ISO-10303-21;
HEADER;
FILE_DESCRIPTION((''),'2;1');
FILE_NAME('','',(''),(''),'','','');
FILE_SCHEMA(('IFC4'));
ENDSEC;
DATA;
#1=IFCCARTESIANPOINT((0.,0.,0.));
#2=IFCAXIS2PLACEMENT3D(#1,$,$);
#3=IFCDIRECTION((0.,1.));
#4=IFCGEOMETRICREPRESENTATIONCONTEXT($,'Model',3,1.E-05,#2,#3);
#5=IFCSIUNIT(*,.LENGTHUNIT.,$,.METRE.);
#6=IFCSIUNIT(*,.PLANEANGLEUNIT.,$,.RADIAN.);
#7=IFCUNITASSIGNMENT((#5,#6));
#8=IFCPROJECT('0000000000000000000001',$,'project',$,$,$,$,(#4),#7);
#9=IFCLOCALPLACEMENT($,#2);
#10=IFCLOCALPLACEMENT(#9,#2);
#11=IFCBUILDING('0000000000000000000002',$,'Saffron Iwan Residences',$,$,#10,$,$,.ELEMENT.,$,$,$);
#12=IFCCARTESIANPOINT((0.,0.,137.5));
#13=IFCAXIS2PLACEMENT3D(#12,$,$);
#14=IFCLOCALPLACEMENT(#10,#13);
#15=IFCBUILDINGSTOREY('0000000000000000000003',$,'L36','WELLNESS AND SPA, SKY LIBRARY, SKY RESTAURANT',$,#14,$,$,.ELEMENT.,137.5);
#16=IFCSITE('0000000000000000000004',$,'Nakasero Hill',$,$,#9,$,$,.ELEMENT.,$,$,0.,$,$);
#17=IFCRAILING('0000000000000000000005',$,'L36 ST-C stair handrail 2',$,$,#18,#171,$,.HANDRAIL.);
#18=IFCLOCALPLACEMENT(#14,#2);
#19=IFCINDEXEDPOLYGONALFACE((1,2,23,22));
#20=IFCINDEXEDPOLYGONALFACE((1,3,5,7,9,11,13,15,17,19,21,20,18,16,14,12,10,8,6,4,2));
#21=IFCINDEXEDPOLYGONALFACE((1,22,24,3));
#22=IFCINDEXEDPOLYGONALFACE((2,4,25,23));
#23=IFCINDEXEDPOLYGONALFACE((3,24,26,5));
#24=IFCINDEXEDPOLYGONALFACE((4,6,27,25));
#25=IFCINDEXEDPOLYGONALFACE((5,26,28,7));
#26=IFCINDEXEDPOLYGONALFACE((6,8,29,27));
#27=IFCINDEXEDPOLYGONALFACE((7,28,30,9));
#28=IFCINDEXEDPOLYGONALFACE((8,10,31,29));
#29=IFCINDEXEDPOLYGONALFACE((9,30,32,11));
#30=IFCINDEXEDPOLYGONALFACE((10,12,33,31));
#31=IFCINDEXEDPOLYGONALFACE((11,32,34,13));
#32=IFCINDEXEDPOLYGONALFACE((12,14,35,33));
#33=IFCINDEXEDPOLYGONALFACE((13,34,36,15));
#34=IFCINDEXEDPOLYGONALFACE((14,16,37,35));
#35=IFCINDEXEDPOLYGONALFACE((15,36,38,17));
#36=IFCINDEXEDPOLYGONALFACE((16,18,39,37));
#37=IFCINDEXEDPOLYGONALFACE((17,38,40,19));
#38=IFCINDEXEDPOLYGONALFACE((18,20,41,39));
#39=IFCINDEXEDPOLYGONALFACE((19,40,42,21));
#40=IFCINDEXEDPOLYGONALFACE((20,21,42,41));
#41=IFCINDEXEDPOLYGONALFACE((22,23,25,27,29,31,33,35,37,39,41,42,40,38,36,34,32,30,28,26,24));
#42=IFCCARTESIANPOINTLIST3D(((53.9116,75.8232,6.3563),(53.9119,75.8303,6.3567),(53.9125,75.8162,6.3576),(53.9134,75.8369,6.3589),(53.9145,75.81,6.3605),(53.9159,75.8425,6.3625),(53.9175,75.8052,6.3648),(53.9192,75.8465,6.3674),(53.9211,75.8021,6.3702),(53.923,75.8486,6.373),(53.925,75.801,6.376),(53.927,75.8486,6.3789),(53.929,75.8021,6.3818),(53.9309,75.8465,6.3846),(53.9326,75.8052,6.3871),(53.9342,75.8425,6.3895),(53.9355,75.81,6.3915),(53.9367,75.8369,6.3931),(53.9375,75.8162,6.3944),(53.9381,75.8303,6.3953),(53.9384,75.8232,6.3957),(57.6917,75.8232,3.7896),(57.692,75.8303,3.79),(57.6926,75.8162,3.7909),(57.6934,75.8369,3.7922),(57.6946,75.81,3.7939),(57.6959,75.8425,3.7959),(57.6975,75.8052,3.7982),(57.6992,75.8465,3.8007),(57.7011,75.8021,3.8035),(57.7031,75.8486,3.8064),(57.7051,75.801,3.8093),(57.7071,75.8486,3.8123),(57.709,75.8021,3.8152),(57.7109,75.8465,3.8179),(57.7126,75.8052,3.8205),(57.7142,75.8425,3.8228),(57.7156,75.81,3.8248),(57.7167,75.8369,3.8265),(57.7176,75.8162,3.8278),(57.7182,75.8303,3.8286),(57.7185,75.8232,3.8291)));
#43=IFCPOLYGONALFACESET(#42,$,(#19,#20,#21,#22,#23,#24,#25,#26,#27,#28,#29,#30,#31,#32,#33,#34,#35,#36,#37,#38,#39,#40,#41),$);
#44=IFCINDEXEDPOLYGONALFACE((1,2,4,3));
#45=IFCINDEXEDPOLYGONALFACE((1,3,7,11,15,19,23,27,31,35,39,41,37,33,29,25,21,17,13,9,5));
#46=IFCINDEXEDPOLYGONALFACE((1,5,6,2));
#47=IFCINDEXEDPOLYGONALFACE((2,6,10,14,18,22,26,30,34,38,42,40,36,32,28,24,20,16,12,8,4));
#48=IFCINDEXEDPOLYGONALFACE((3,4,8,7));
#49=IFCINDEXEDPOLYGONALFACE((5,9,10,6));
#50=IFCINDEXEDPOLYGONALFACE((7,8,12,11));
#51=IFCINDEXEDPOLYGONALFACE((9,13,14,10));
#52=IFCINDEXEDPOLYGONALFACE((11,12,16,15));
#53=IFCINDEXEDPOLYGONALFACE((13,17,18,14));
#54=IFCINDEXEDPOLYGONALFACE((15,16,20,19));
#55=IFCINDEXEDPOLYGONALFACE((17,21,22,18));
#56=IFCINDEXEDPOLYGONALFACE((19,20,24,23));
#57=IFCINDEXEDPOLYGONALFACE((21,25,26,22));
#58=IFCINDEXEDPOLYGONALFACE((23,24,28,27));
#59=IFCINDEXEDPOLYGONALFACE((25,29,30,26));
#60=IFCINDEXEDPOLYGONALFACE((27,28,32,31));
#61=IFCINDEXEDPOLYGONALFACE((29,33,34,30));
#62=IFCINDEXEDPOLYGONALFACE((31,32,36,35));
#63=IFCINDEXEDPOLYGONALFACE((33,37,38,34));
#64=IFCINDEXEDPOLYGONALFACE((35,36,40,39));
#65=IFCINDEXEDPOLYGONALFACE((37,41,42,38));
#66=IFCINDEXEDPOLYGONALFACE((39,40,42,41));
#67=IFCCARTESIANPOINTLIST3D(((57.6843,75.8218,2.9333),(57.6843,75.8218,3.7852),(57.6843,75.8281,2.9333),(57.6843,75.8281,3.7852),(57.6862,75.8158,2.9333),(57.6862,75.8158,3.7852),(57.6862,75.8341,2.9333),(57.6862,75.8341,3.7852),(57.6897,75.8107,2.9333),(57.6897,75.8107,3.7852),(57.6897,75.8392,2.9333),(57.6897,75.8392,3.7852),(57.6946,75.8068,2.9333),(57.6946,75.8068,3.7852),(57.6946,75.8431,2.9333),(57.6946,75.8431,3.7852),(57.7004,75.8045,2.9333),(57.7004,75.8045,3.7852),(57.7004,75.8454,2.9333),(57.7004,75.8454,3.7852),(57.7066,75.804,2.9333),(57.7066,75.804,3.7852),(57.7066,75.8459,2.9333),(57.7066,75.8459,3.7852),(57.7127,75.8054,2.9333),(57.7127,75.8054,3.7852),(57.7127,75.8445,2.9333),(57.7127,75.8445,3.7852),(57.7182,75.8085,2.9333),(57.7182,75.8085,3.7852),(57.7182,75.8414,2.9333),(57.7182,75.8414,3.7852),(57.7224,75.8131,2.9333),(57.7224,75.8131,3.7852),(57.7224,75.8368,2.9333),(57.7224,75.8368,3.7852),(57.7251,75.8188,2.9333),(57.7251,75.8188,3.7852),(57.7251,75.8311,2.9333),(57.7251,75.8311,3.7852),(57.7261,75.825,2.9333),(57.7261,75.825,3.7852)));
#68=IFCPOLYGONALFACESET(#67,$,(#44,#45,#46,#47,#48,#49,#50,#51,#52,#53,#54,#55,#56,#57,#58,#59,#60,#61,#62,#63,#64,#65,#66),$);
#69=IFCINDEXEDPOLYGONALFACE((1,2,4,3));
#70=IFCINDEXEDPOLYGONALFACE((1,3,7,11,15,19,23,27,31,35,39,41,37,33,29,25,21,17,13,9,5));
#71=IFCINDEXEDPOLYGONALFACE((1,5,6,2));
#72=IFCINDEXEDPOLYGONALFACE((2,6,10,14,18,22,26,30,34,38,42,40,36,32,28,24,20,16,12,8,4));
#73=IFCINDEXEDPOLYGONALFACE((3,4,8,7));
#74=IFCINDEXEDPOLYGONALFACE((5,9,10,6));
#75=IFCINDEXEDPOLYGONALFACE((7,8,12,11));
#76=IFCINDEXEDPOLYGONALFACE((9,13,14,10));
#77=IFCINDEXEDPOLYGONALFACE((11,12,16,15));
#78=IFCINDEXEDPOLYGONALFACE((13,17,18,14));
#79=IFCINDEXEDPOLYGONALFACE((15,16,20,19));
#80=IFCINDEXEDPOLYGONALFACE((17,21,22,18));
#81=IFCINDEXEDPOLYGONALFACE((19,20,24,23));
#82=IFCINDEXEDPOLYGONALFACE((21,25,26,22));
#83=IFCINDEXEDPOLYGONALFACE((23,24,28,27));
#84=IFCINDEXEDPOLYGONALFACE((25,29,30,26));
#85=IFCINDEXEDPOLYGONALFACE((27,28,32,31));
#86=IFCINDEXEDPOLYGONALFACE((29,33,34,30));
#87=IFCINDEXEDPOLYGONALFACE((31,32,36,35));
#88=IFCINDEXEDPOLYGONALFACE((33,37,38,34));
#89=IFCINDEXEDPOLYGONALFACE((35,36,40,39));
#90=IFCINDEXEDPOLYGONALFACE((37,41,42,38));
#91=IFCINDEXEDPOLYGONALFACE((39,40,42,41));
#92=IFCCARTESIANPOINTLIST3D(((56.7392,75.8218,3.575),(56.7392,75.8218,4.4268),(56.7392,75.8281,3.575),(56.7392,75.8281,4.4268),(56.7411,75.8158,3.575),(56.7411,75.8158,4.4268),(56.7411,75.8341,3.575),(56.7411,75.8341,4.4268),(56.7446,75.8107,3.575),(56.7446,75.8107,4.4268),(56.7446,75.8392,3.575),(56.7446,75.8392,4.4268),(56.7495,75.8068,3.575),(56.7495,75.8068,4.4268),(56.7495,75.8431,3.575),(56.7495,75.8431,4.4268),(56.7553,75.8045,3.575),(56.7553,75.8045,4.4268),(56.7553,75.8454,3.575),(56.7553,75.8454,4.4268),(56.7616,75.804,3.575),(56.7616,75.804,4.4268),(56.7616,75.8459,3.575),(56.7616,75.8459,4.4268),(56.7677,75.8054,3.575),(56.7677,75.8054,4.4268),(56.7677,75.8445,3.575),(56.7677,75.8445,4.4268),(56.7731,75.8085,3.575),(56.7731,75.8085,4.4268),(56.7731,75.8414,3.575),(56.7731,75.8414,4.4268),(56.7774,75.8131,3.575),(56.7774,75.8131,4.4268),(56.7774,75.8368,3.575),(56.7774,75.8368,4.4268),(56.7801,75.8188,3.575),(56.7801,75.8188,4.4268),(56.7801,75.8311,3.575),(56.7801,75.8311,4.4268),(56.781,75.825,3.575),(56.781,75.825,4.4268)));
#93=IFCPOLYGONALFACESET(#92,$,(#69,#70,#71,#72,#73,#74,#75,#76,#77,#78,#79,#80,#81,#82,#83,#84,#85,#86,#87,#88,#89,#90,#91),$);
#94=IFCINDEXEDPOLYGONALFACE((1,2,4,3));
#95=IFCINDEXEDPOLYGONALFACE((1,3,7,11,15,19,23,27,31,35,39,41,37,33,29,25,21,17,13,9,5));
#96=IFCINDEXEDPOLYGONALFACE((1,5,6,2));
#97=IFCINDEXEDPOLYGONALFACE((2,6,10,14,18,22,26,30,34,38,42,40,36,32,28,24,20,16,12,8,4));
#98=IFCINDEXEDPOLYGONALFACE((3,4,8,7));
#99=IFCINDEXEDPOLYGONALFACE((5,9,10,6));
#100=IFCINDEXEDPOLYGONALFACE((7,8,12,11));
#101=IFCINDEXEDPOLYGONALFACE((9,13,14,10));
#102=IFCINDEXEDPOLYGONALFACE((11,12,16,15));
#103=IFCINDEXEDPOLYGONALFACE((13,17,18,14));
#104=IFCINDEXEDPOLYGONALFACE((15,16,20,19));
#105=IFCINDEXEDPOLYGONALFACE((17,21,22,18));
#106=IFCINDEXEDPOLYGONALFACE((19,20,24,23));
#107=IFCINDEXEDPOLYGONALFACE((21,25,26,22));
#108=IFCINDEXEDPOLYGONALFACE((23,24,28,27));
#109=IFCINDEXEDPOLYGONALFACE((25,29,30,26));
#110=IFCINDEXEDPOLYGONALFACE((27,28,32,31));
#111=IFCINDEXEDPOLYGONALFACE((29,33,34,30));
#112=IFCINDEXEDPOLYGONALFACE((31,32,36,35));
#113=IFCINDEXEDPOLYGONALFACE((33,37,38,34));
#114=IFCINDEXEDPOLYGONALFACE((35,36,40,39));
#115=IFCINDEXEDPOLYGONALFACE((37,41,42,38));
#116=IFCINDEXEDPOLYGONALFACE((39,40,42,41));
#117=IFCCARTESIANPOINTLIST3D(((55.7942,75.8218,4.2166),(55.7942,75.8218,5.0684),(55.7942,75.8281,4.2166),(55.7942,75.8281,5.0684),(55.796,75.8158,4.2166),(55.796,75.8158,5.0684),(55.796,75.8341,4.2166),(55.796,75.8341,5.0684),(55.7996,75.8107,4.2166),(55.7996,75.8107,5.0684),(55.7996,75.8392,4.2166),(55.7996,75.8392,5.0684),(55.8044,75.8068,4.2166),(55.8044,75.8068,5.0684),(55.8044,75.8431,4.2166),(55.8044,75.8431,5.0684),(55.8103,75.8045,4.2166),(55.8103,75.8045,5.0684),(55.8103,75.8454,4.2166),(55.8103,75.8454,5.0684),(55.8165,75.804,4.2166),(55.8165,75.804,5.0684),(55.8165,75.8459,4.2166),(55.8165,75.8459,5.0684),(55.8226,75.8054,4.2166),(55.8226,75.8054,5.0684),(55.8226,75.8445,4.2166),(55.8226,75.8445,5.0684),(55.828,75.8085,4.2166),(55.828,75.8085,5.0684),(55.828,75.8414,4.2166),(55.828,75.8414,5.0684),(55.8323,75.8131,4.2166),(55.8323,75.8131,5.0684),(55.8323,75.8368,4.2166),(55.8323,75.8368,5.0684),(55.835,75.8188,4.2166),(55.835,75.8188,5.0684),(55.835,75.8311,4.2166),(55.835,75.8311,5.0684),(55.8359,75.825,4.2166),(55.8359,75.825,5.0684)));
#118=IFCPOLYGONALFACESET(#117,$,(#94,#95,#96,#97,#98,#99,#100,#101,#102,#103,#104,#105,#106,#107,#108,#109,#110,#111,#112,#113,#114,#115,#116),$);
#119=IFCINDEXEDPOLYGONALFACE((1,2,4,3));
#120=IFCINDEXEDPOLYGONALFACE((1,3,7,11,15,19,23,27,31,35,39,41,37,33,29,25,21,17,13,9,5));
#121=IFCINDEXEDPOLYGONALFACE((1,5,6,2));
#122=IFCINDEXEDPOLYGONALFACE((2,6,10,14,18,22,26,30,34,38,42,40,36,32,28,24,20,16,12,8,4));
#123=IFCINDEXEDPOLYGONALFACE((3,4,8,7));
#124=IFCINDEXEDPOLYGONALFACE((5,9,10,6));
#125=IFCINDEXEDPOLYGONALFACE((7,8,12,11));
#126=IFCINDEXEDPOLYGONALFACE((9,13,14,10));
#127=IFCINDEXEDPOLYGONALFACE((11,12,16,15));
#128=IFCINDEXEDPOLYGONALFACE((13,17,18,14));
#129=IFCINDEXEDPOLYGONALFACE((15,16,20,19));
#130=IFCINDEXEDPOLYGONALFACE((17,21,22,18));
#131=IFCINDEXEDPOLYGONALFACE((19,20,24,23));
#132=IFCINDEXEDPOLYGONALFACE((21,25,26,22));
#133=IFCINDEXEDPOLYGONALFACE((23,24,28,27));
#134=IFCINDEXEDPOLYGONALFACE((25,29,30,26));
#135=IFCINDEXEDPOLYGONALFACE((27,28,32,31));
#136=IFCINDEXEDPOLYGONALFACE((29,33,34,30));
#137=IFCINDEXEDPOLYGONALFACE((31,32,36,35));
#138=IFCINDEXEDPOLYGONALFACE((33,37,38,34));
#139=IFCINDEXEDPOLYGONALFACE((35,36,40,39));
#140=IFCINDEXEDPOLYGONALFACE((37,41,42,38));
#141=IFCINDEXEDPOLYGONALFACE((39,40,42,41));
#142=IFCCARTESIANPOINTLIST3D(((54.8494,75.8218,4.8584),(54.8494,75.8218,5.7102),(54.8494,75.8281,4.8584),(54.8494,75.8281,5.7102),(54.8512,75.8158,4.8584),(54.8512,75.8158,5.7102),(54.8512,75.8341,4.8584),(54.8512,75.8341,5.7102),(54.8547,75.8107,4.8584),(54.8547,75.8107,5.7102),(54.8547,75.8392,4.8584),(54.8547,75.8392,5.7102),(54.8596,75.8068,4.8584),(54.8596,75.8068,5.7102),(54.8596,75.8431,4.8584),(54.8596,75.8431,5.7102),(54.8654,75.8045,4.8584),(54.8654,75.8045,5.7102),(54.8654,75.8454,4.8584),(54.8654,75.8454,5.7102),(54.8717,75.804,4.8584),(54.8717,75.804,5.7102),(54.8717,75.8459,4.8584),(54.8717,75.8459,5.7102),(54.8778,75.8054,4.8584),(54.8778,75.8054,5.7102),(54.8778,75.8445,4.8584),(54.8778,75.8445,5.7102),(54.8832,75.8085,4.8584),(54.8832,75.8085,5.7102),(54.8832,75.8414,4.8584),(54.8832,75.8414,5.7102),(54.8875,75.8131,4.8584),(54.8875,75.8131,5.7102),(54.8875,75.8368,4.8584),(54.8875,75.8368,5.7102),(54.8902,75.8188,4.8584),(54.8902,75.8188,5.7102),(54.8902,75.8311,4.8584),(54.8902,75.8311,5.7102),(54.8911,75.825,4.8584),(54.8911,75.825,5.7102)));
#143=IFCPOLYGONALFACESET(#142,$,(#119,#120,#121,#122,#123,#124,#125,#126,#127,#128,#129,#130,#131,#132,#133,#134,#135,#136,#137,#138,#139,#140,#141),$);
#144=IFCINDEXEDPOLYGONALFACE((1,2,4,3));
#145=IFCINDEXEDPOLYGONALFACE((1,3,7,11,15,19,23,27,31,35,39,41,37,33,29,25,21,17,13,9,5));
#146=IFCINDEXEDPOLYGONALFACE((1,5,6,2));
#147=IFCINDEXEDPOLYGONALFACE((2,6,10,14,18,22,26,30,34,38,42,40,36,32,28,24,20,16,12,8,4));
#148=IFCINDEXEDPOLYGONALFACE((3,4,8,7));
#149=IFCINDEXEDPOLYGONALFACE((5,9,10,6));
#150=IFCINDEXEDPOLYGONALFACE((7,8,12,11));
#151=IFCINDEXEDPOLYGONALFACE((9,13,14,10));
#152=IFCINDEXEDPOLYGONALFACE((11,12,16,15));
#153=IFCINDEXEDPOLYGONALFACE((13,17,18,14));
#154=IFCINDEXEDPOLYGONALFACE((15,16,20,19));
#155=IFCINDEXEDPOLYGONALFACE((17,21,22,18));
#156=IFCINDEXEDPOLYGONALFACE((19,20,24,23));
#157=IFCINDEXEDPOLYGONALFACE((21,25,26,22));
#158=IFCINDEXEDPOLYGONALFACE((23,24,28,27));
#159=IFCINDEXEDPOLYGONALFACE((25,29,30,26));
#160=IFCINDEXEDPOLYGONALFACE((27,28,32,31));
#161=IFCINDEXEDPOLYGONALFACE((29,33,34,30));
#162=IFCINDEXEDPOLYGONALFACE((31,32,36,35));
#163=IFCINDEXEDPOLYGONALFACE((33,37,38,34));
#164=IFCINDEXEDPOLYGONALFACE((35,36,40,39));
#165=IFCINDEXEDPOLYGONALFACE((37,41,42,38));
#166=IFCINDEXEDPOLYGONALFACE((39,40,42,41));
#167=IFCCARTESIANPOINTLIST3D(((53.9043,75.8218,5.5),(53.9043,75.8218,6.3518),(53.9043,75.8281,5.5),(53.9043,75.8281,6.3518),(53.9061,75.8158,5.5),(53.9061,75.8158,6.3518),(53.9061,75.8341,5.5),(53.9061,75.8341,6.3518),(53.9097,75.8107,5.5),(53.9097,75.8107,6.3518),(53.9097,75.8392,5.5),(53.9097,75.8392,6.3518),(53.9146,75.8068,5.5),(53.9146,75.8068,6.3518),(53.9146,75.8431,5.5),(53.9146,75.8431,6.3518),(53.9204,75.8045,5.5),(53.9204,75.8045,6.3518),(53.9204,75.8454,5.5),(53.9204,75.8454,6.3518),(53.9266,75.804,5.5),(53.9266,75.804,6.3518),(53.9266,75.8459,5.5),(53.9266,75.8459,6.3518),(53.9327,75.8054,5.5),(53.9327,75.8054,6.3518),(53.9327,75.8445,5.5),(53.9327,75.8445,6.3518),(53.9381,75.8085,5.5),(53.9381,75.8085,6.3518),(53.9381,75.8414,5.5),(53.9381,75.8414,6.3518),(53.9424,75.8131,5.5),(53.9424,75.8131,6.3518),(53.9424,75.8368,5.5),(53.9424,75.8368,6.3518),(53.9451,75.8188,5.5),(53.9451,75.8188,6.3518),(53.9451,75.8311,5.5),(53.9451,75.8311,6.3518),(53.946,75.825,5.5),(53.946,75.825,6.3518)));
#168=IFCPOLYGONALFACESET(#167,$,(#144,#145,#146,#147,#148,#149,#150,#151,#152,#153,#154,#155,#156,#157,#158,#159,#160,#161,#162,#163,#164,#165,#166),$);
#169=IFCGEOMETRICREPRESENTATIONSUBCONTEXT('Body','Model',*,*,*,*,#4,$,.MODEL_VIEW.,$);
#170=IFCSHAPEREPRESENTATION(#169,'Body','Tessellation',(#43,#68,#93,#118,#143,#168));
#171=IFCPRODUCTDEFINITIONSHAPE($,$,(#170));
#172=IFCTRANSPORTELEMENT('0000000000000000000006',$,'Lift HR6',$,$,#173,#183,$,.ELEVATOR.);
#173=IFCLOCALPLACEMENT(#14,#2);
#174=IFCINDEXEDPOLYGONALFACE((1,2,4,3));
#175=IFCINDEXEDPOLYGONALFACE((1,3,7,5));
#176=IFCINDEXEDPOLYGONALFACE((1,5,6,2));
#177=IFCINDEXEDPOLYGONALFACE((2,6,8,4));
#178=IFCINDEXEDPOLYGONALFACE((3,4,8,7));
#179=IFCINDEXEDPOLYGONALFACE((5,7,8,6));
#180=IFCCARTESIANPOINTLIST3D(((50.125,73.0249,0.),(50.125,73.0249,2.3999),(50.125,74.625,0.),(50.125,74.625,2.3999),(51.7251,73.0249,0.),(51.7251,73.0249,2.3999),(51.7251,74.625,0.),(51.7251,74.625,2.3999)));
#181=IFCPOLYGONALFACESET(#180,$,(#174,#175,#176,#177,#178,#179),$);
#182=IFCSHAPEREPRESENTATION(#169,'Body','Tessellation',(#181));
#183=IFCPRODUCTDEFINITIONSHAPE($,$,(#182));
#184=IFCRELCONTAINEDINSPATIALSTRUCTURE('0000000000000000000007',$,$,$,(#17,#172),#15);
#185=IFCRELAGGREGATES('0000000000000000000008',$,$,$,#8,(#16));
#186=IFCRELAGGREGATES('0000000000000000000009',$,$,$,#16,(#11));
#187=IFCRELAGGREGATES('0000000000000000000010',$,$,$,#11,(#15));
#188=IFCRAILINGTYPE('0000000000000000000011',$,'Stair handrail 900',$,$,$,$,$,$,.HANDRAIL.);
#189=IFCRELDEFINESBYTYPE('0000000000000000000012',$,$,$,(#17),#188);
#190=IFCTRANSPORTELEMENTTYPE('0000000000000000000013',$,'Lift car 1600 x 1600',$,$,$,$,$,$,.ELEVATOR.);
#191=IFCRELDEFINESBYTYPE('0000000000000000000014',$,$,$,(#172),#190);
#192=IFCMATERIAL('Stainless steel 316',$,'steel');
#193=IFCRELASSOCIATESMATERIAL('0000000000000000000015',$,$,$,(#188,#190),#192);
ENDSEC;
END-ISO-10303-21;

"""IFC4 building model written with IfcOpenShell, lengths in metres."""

from ifc_helpers import new_model, si_unit, direction, frame, origin, origin_2d, place, context, subcontext, project, spatial, rectangle, circle, extrude, source, transform, mapped, material, type_object, element, save


model = new_model("IFC4")

# Units and contexts
model_context = context("Model", 3, precision=1e-05, world=origin(), true_north=direction((0.0, 1.0)))
body_context = subcontext(model_context, "Body", "Model", "MODEL_VIEW")
ifc_project = project(units=[si_unit("LENGTHUNIT", "METRE"), si_unit("PLANEANGLEUNIT", "RADIAN")], contexts=[model_context])

# Site, building, storey
site_placement = place(None, origin())
site = spatial("IfcSite", under=ifc_project, at=site_placement, Name="Nakasero Hill", CompositionType="ELEMENT", RefElevation=0.0)
building_placement = place(site_placement, origin())
building = spatial("IfcBuilding", under=site, at=building_placement, Name="Saffron Iwan Residences", CompositionType="ELEMENT")
storey_placement = place(building_placement, frame((0.0, 0.0, 137.5)))
storey = spatial("IfcBuildingStorey", under=building, at=storey_placement, Name="L36", Description="WELLNESS AND SPA, SKY LIBRARY, SKY RESTAURANT", CompositionType="ELEMENT", Elevation=137.5)

# Railing
ifc_material_1 = material(Name="Stainless steel 316", Category="steel")
railing_type_1 = type_object("IfcRailingType", Name="Stair handrail 900", PredefinedType="HANDRAIL", material=ifc_material_1)
railing_1_placement = place(storey_placement, frame((57.7051, 75.825, 2.9333)))
element("IfcRailing", 1, at=railing_1_placement, inside=storey, type_object=railing_type_1, Name="L36 ST-C stair handrail 2", PredefinedType="HANDRAIL", context=body_context, shape_type="SweptSolid", body=[
    extrude(circle(Radius=0.0239, at=origin_2d()), frame((0.0, 0.0, 0.876), z_axis=(-0.82731, 0.0, 0.561746), x_axis=(0.0, -1.0, 0.0)), (0.0, 0.0, 1.0), 4.5691),
    extrude(circle(Radius=0.021, at=origin_2d()), origin(), (0.0, 0.0, 1.0), 0.8518),
    extrude(circle(Radius=0.021, at=origin_2d()), frame((-0.9451, 0.0, 0.6416)), (0.0, 0.0, 1.0), 0.8518),
    extrude(circle(Radius=0.021, at=origin_2d()), frame((-1.8901, 0.0, 1.2832)), (0.0, 0.0, 1.0), 0.8518),
    extrude(circle(Radius=0.021, at=origin_2d()), frame((-2.835, 0.0, 1.925)), (0.0, 0.0, 1.0), 0.8518),
    extrude(circle(Radius=0.021, at=origin_2d()), frame((-3.78, 0.0, 2.5667)), (0.0, 0.0, 1.0), 0.8518),
])

# Transport element
transport_element_type = type_object("IfcTransportElementType", Name="Lift car 1600 x 1600", PredefinedType="ELEVATOR", material=ifc_material_1)
shared_shape_1 = source(origin(), body_context, "Body", "SweptSolid", [
    extrude(rectangle(XDim=1.6001, YDim=1.6001, at=origin_2d()), origin(), (0.0, 0.0, 1.0), 2.3999),
])
transport_element_placement = place(storey_placement, frame((50.925, 73.825, 0.0), z_axis=(0.0, 0.0, 1.0), x_axis=(1.0, 0.0, 0.0)))
element("IfcTransportElement", 2, at=transport_element_placement, inside=storey, type_object=transport_element_type, Name="Lift HR6", PredefinedType="ELEVATOR", context=body_context, shape_type="MappedRepresentation", body=[
    mapped(shared_shape_1, transform((0.0, 0.0, 0.0))),
])

save(model, "model.ifc")
